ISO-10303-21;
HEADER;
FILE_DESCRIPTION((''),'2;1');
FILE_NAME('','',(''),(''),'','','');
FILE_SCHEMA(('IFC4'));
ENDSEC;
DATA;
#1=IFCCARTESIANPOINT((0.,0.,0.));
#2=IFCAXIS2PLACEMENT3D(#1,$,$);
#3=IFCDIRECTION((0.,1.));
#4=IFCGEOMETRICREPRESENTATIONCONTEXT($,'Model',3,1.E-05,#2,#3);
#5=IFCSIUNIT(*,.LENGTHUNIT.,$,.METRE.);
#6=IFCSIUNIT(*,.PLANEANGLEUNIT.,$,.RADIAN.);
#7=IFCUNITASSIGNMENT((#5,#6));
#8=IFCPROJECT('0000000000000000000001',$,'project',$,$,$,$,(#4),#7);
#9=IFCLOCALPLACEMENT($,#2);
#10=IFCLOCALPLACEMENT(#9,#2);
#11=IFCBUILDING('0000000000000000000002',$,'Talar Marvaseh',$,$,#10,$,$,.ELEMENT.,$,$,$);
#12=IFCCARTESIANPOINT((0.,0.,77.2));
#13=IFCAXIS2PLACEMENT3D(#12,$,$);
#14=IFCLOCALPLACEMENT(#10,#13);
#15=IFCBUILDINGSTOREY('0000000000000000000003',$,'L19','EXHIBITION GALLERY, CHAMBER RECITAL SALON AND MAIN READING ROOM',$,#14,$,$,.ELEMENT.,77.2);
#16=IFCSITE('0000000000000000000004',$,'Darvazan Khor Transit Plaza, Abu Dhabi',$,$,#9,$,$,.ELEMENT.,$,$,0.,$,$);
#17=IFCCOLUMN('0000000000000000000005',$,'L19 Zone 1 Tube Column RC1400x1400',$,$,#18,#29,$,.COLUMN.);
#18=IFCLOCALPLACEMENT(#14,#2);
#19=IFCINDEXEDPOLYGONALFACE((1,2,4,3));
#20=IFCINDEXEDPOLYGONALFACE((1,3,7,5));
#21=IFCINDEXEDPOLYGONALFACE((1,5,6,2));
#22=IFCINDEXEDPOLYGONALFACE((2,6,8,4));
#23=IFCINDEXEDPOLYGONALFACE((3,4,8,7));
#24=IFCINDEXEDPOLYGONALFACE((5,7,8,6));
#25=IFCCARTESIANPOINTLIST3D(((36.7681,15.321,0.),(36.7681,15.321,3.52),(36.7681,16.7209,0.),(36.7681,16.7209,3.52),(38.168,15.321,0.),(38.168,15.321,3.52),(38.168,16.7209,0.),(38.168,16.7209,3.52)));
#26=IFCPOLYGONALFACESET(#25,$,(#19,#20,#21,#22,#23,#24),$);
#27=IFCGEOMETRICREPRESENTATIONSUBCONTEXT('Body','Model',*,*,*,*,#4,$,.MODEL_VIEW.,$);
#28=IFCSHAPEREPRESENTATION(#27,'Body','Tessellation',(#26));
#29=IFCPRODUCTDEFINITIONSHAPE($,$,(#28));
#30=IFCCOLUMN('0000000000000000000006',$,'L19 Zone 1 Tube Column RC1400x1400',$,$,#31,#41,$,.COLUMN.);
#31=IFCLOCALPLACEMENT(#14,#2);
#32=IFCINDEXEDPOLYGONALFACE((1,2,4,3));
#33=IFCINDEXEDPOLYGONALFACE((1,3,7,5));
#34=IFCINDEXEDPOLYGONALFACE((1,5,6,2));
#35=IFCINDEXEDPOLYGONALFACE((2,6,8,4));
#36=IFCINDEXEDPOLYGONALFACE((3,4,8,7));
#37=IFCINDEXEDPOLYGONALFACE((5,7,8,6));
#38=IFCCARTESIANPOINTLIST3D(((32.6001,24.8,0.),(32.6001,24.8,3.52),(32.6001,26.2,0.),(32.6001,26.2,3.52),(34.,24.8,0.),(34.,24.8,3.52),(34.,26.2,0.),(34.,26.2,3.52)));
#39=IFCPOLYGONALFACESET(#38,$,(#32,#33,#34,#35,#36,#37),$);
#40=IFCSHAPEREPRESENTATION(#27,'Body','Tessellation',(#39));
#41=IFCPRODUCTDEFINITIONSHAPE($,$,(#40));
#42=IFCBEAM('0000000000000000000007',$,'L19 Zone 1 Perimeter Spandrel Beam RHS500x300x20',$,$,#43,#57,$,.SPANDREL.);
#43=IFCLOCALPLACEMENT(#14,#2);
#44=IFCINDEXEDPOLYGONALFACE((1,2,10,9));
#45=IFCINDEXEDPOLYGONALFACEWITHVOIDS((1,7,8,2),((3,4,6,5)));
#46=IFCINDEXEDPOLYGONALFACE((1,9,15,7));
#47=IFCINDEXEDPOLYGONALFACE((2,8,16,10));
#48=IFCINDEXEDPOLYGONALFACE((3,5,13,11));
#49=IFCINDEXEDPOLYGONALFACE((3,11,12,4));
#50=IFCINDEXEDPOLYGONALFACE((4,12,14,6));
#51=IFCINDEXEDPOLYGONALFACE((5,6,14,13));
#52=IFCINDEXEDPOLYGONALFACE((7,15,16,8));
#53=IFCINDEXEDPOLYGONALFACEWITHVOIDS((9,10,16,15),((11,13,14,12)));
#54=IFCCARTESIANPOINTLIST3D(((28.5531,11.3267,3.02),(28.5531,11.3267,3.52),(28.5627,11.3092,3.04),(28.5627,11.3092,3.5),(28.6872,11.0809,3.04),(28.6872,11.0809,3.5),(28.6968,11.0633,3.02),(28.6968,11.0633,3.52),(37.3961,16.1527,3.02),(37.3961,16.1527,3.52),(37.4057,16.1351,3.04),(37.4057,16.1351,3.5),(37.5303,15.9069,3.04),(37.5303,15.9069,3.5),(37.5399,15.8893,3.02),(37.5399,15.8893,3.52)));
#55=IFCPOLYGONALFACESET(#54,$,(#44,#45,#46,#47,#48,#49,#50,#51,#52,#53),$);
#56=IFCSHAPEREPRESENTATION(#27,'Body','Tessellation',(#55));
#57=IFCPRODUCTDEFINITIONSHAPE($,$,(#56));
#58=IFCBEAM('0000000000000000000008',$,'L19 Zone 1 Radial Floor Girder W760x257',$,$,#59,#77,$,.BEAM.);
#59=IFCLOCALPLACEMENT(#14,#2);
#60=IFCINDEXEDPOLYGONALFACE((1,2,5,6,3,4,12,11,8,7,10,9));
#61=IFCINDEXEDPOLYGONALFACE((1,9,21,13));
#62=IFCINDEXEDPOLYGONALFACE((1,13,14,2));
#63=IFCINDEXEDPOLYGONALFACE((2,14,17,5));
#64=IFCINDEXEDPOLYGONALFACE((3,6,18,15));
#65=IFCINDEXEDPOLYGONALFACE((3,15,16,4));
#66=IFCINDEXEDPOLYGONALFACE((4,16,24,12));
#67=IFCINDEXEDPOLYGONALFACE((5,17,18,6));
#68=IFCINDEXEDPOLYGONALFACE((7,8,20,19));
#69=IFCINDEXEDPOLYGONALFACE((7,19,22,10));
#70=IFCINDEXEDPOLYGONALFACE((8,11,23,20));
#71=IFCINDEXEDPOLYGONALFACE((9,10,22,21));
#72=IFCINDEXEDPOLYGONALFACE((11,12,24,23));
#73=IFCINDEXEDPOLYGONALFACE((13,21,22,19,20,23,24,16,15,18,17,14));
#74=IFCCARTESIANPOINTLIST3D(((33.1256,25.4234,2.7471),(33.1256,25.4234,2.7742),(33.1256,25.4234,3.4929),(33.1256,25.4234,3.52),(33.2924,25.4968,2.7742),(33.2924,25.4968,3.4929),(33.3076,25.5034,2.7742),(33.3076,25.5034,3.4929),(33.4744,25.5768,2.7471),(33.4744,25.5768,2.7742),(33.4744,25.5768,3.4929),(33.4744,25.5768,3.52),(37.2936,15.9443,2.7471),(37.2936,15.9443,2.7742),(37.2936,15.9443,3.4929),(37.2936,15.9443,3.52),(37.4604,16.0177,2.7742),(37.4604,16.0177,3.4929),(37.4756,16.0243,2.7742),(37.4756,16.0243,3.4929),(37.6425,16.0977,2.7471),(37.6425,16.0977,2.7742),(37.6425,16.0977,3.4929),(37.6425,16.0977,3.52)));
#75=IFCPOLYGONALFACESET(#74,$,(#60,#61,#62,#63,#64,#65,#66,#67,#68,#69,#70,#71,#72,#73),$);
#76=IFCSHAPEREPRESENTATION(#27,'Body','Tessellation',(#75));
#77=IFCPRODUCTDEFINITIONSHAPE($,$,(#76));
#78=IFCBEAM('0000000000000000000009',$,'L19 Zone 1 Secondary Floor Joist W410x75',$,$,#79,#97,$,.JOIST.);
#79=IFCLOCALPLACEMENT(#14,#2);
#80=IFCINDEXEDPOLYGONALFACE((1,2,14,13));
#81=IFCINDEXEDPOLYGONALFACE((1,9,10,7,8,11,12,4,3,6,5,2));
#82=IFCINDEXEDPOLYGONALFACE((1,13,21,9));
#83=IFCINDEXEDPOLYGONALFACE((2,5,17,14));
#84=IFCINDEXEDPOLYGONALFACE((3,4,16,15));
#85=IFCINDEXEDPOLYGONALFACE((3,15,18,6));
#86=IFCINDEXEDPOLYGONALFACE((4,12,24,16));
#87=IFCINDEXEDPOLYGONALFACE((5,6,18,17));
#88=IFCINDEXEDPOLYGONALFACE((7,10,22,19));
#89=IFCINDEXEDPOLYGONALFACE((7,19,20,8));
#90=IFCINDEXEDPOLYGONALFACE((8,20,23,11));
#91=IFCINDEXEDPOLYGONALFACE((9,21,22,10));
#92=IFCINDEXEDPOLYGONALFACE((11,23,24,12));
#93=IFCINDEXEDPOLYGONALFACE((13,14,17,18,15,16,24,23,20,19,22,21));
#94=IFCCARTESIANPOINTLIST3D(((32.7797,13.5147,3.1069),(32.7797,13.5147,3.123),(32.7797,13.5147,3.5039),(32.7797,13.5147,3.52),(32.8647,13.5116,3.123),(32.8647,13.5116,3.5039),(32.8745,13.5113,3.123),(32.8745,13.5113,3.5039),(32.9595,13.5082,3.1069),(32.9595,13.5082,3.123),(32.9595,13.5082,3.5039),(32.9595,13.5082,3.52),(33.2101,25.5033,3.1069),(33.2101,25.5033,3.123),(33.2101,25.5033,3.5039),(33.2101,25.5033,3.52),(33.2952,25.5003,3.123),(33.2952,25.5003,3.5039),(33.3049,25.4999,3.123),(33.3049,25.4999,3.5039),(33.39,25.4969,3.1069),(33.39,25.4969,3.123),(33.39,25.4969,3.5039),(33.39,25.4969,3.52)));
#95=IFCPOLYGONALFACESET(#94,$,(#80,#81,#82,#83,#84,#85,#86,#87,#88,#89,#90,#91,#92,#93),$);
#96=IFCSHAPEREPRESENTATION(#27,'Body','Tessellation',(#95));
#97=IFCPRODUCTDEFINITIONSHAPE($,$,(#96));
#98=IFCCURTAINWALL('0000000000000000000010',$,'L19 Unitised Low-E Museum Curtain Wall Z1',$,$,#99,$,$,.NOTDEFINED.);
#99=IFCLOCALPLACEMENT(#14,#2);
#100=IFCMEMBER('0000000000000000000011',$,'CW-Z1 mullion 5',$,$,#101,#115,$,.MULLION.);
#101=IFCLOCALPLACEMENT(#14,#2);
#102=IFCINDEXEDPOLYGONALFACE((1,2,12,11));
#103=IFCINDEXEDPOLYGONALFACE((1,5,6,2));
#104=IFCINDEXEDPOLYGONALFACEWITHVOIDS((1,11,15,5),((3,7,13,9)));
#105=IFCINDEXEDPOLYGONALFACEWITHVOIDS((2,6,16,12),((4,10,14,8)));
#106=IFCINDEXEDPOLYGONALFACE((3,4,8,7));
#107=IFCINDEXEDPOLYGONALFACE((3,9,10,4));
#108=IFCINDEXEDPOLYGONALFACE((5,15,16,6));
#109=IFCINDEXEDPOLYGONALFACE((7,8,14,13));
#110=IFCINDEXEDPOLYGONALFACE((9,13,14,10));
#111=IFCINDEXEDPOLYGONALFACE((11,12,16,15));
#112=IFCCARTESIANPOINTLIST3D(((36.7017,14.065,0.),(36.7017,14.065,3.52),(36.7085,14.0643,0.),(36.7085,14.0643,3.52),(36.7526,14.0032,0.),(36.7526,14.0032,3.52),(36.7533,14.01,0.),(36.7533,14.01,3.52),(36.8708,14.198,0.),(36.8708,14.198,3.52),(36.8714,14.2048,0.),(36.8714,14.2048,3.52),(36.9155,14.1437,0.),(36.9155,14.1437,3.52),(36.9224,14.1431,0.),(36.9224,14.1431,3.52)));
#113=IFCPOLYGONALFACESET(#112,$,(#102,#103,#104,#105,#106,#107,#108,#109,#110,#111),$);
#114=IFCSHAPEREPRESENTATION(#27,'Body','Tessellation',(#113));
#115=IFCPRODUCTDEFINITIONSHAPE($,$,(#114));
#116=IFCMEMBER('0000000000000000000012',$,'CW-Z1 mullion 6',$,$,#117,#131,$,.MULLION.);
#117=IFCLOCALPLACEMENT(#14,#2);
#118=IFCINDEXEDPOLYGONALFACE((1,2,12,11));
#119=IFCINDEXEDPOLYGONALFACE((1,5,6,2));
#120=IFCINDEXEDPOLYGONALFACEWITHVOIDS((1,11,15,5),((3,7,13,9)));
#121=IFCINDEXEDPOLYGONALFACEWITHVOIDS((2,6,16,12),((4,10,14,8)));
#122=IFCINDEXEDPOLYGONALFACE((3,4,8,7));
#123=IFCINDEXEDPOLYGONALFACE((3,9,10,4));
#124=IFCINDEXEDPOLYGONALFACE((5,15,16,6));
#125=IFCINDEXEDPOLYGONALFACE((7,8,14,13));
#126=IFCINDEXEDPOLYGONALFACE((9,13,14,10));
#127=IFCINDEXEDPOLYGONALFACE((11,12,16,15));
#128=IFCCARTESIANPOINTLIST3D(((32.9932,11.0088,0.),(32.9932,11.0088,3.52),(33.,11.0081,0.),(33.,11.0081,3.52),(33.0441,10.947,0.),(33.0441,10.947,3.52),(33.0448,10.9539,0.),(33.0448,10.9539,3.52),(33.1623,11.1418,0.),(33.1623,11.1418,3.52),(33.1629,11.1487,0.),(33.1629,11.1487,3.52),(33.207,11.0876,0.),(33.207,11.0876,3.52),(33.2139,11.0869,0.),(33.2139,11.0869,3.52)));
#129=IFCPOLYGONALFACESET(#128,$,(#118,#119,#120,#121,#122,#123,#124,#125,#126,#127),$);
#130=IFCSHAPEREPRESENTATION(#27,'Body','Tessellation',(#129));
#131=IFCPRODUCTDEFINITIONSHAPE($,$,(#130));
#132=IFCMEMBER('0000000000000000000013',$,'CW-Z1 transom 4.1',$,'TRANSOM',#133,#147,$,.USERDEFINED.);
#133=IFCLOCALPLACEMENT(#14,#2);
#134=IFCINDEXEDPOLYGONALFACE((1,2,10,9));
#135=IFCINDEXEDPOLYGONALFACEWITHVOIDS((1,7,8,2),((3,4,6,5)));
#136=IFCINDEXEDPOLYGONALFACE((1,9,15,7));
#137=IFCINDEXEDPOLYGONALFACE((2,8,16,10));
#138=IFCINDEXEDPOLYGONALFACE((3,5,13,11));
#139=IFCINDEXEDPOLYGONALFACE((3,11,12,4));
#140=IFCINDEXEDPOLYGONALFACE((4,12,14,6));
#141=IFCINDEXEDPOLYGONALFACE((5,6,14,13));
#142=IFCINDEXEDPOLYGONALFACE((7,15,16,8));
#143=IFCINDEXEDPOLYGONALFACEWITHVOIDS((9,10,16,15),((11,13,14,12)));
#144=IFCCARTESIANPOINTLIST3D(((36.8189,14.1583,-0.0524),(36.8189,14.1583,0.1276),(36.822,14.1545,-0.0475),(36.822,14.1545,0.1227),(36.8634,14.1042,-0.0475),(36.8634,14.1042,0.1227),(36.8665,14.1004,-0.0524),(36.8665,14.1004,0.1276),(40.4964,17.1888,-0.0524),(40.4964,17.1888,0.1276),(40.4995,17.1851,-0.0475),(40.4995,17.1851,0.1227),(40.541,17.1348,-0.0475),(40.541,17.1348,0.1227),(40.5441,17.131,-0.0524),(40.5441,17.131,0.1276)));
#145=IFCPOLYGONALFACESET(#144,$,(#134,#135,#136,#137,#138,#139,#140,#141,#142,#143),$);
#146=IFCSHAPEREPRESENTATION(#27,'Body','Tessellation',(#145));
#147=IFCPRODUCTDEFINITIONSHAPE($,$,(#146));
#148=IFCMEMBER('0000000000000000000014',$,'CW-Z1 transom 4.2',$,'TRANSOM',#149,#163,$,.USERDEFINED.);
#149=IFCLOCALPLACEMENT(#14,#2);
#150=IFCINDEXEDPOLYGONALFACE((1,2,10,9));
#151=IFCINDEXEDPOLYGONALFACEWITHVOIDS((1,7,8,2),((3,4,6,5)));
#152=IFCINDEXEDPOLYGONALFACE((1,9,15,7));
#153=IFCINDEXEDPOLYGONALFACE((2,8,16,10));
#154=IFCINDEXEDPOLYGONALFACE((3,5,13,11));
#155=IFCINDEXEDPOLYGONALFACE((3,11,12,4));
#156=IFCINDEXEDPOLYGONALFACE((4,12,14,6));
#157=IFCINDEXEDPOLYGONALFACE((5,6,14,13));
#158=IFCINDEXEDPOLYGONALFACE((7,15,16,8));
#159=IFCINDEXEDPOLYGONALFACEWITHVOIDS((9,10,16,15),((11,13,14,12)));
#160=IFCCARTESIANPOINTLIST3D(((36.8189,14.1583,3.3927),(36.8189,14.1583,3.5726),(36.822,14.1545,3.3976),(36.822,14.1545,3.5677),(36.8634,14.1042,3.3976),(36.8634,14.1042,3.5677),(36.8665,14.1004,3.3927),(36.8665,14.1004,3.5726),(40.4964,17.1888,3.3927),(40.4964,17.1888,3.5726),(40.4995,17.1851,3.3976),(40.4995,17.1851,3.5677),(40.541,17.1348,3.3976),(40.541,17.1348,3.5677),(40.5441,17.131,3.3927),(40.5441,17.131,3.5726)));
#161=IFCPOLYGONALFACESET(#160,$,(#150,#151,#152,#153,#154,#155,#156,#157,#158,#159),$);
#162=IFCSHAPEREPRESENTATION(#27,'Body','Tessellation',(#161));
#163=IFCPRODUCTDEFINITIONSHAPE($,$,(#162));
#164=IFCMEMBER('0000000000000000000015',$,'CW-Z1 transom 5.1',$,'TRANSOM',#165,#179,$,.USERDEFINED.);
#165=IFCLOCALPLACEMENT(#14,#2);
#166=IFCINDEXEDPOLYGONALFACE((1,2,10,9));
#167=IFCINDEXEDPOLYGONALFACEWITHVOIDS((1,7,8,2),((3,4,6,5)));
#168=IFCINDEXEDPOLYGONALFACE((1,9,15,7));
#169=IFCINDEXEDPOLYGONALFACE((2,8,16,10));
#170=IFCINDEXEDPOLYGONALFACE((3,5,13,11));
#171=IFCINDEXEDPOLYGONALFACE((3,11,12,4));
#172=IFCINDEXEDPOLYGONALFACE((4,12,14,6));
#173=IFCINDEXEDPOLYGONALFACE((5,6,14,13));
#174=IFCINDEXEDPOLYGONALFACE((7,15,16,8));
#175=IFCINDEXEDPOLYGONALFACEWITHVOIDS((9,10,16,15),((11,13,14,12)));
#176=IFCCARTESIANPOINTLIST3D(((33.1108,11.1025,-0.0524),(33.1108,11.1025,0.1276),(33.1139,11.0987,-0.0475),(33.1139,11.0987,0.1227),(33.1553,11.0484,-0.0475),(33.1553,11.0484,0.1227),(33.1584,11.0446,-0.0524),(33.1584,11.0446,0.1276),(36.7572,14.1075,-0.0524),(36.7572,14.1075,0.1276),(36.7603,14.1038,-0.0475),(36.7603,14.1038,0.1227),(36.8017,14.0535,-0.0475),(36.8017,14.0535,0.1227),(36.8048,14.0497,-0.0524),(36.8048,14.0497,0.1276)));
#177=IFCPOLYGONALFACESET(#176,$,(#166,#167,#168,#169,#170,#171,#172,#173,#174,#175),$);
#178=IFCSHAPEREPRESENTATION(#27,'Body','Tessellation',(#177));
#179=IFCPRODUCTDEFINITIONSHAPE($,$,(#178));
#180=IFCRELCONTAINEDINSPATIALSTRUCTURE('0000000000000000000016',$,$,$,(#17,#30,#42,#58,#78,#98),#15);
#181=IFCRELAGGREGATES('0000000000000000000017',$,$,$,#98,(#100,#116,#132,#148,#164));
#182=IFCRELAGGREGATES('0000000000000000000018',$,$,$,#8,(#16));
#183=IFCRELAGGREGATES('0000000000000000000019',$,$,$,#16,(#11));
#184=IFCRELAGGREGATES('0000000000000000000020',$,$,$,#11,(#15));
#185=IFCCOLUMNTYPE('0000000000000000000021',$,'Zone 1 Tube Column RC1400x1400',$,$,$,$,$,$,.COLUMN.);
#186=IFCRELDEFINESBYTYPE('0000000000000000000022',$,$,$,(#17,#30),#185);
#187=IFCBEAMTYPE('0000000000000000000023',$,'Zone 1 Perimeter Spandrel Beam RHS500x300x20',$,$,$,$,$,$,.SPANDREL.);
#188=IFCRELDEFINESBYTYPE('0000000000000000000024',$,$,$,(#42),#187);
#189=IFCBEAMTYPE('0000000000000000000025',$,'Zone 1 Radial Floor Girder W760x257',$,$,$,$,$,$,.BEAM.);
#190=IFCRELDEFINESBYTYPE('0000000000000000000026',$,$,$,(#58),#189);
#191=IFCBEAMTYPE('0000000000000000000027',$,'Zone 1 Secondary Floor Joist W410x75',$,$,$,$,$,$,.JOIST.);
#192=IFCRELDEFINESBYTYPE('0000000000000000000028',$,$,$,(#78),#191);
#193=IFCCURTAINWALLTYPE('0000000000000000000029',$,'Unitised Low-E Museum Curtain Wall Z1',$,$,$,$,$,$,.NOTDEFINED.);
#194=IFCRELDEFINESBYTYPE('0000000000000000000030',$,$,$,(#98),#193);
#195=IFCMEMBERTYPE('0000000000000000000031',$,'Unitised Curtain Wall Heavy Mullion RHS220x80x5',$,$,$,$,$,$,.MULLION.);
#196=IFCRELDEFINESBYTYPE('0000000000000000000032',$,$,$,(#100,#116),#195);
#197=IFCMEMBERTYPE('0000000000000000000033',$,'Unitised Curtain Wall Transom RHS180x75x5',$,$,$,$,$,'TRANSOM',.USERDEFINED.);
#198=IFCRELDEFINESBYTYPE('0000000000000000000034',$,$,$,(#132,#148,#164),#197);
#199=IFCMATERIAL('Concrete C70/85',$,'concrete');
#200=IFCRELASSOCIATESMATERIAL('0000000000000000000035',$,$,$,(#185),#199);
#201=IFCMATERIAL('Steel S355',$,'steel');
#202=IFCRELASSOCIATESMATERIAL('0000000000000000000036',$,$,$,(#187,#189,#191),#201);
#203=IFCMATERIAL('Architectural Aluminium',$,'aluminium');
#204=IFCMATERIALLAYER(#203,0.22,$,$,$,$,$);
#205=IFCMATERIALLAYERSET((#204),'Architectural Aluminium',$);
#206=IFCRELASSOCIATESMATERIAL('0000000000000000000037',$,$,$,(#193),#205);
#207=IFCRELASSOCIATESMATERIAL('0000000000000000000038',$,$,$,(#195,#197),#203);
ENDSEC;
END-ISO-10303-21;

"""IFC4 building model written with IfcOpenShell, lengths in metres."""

from ifc_helpers import new_model, si_unit, direction, frame, origin, origin_2d, place, context, subcontext, project, spatial, rectangle, hollow_rectangle, i_section, extrude, source, transform, mapped, material, layer, layer_set, material_profile, profile_set, type_object, type_shapes, element, aggregate, save


model = new_model("IFC4")

# Units and contexts
model_context = context("Model", 3, precision=1e-05, world=origin(), true_north=direction((0.0, 1.0)))
body_context = subcontext(model_context, "Body", "Model", "MODEL_VIEW")
ifc_project = project(units=[si_unit("LENGTHUNIT", "METRE"), si_unit("PLANEANGLEUNIT", "RADIAN")], contexts=[model_context])

# Site, building, storey
site_placement = place(None, origin())
site = spatial("IfcSite", under=ifc_project, at=site_placement, Name="Darvazan Khor Transit Plaza, Abu Dhabi", CompositionType="ELEMENT", RefElevation=0.0)
building_placement = place(site_placement, origin())
building = spatial("IfcBuilding", under=site, at=building_placement, Name="Talar Marvaseh", CompositionType="ELEMENT")
storey_placement = place(building_placement, frame((0.0, 0.0, 77.2)))
storey = spatial("IfcBuildingStorey", under=building, at=storey_placement, Name="L19", Description="EXHIBITION GALLERY, CHAMBER RECITAL SALON AND MAIN READING ROOM", CompositionType="ELEMENT", Elevation=77.2)

# Columns
ifc_material_1 = material(Name="Concrete C70/85", Category="concrete")
ifc_material_profile_1 = material_profile(ifc_material_1, rectangle(XDim=1.3999, YDim=1.3999, at=origin_2d()), Name="RC1400x1400")
ifc_profile_set_1 = profile_set([ifc_material_profile_1], Name="Concrete C70/85")
column_type = type_object("IfcColumnType", Name="Zone 1 Tube Column RC1400x1400", PredefinedType="COLUMN", material=ifc_profile_set_1)
for number, where, z_axis, x_axis, name in (
    (1, (37.468, 16.021, 0.0), (0.0, 0.0, 1.0), (1.0, 0.0, 0.0), "L19 Zone 1 Tube Column RC1400x1400"),
    (2, (33.3, 25.5, 0.0), (0.0, 0.0, 1.0), (1.0, 0.0, 0.0), "L19 Zone 1 Tube Column RC1400x1400"),
):
    element("IfcColumn", number, at=place(storey_placement, frame(where, z_axis=z_axis, x_axis=x_axis)), inside=storey, type_object=column_type, Name=name, PredefinedType="COLUMN", context=body_context, shape_type="SweptSolid", body=[
        extrude(rectangle(XDim=1.3999, YDim=1.3999, at=origin_2d()), origin(), (0.0, 0.0, 1.0), 3.52),
    ])

# Beams
ifc_material_2 = material(Name="Steel S355", Category="steel")
ifc_material_profile_2 = material_profile(ifc_material_2, hollow_rectangle(XDim=0.3, YDim=0.5, WallThickness=0.02, at=origin_2d()), Name="RHS500x300x20")
ifc_profile_set_2 = profile_set([ifc_material_profile_2], Name="Steel S355")
beam_type_1 = type_object("IfcBeamType", Name="Zone 1 Perimeter Spandrel Beam RHS500x300x20", PredefinedType="SPANDREL", material=ifc_profile_set_2)
beam_1_placement = place(storey_placement, frame((37.468, 16.021, 3.27), z_axis=(-0.877793, -0.479041, 0.0), x_axis=(0.479041, -0.877793, 0.0)))
element("IfcBeam", 3, at=beam_1_placement, inside=storey, type_object=beam_type_1, Name="L19 Zone 1 Perimeter Spandrel Beam RHS500x300x20", PredefinedType="SPANDREL", context=body_context, shape_type="SweptSolid", body=[
    extrude(hollow_rectangle(XDim=0.3, YDim=0.5, WallThickness=0.02, at=origin_2d()), origin(), (0.0, 0.0, 1.0), 10.0742),
])
ifc_material_profile_3 = material_profile(ifc_material_2, i_section(OverallWidth=0.3811, OverallDepth=0.7729, WebThickness=0.0166, FlangeThickness=0.0271, at=origin_2d()), Name="W760x257")
ifc_profile_set_3 = profile_set([ifc_material_profile_3], Name="Steel S355")
beam_type_2 = type_object("IfcBeamType", Name="Zone 1 Radial Floor Girder W760x257", PredefinedType="BEAM", material=ifc_profile_set_3)
beam_2_placement = place(storey_placement, frame((37.468, 16.021, 3.1335), z_axis=(-0.402513, 0.915414, 0.0), x_axis=(-0.915414, -0.402513, 0.0)))
element("IfcBeam", 4, at=beam_2_placement, inside=storey, type_object=beam_type_2, Name="L19 Zone 1 Radial Floor Girder W760x257", PredefinedType="BEAM", context=body_context, shape_type="SweptSolid", body=[
    extrude(i_section(OverallWidth=0.3811, OverallDepth=0.7729, WebThickness=0.0166, FlangeThickness=0.0271, at=origin_2d()), origin(), (0.0, 0.0, 1.0), 10.355),
])
ifc_material_profile_4 = material_profile(ifc_material_2, i_section(OverallWidth=0.1799, OverallDepth=0.4131, WebThickness=0.0098, FlangeThickness=0.0161, at=origin_2d()), Name="W410x75")
ifc_profile_set_4 = profile_set([ifc_material_profile_4], Name="Steel S355")
beam_type_3 = type_object("IfcBeamType", Name="Zone 1 Secondary Floor Joist W410x75", PredefinedType="JOIST", material=ifc_profile_set_4)
beam_3_placement = place(storey_placement, frame((32.8696, 13.5115, 3.3135), z_axis=(0.03588, 0.999356, 0.0), x_axis=(-0.999356, 0.03588, 0.0)))
element("IfcBeam", 5, at=beam_3_placement, inside=storey, type_object=beam_type_3, Name="L19 Zone 1 Secondary Floor Joist W410x75", PredefinedType="JOIST", context=body_context, shape_type="SweptSolid", body=[
    extrude(i_section(OverallWidth=0.1799, OverallDepth=0.4131, WebThickness=0.0098, FlangeThickness=0.0161, at=origin_2d()), origin(), (0.0, 0.0, 1.0), 11.9963),
])

# Curtain wall, members
ifc_material_3 = material(Name="Architectural Aluminium", Category="aluminium")
ifc_layer_1 = layer(ifc_material_3, 0.22)
ifc_layer_set_1 = layer_set([ifc_layer_1], Name="Architectural Aluminium")
curtain_wall_type = type_object("IfcCurtainWallType", Name="Unitised Low-E Museum Curtain Wall Z1", PredefinedType="NOTDEFINED", material=ifc_layer_set_1)
curtain_wall_placement = place(storey_placement, origin())
curtain_wall = element("IfcCurtainWall", 6, at=curtain_wall_placement, inside=storey, type_object=curtain_wall_type, Name="L19 Unitised Low-E Museum Curtain Wall Z1", PredefinedType="NOTDEFINED")
ifc_material_profile_5 = material_profile(ifc_material_3, hollow_rectangle(XDim=0.0801, YDim=0.22, WallThickness=0.0049, at=origin_2d()), Name="RHS220x80x5")
ifc_profile_set_5 = profile_set([ifc_material_profile_5], Name="Architectural Aluminium")
member_type_1 = type_object("IfcMemberType", Name="Unitised Curtain Wall Heavy Mullion RHS220x80x5", PredefinedType="MULLION", material=ifc_profile_set_5)
shared_shape_1 = source(origin(), body_context, "Body", "SweptSolid", [
    extrude(hollow_rectangle(XDim=0.0801, YDim=0.22, WallThickness=0.0049, at=origin_2d()), origin(), (0.0, 0.0, 1.0), 3.52),
])
type_shapes(member_type_1, [shared_shape_1])
member_1_placement = place(storey_placement, frame((36.812, 14.104, 0.0), z_axis=(0.0, 0.0, 1.0), x_axis=(0.635959, -0.771723, 0.0)))
member_1 = element("IfcMember", 7, at=member_1_placement, type_object=member_type_1, Name="CW-Z1 mullion 5", PredefinedType="MULLION", context=body_context, shape_type="MappedRepresentation", body=[
    mapped(shared_shape_1, transform((0.0, 0.0, 0.0), x_axis=(1.0, 0.0, 0.0), y_axis=(0.0, 1.0, 0.0), z_axis=(0.0, 0.0, 1.0), scale=1.0)),
])
member_2_placement = place(storey_placement, frame((33.1035, 11.0479, 0.0), z_axis=(0.0, 0.0, 1.0), x_axis=(0.635959, -0.771723, 0.0)))
member_2 = element("IfcMember", 8, at=member_2_placement, type_object=member_type_1, Name="CW-Z1 mullion 6", PredefinedType="MULLION", context=body_context, shape_type="MappedRepresentation", body=[
    mapped(shared_shape_1, transform((0.0, 0.0, 0.0), x_axis=(1.0, 0.0, 0.0), y_axis=(0.0, 1.0, 0.0), z_axis=(0.0, 0.0, 1.0), scale=1.0)),
])
ifc_material_profile_6 = material_profile(ifc_material_3, hollow_rectangle(XDim=0.075, YDim=0.1799, WallThickness=0.0049, at=origin_2d()), Name="RHS180x75x5")
ifc_profile_set_6 = profile_set([ifc_material_profile_6], Name="Architectural Aluminium")
member_type_2 = type_object("IfcMemberType", Name="Unitised Curtain Wall Transom RHS180x75x5", ElementType="TRANSOM", PredefinedType="USERDEFINED", material=ifc_profile_set_6)
shared_shape_2 = source(origin(), body_context, "Body", "SweptSolid", [
    extrude(hollow_rectangle(XDim=0.075, YDim=0.1799, WallThickness=0.0049, at=origin_2d()), origin(), (0.0, 0.0, 1.0), 4.7654),
])
member_3_placement = place(storey_placement, frame((40.5203, 17.1599, 0.0376), z_axis=(-0.771725, -0.635957, 0.0), x_axis=(0.635957, -0.771725, 0.0)))
member_3 = element("IfcMember", 9, at=member_3_placement, type_object=member_type_2, Name="CW-Z1 transom 4.1", ObjectType="TRANSOM", PredefinedType="USERDEFINED", context=body_context, shape_type="MappedRepresentation", body=[
    mapped(shared_shape_2, transform((0.0, 0.0, 0.0), x_axis=(1.0, 0.0, 0.0), y_axis=(0.0, 1.0, 0.0), z_axis=(0.0, 0.0, 1.0), scale=1.0)),
])
member_4_placement = place(storey_placement, frame((40.5203, 17.1599, 3.4827), z_axis=(-0.771725, -0.635957, 0.0), x_axis=(0.635957, -0.771725, 0.0)))
member_4 = element("IfcMember", 10, at=member_4_placement, type_object=member_type_2, Name="CW-Z1 transom 4.2", ObjectType="TRANSOM", PredefinedType="USERDEFINED", context=body_context, shape_type="MappedRepresentation", body=[
    mapped(shared_shape_2, transform((0.0, 0.0, 0.0), x_axis=(1.0, 0.0, 0.0), y_axis=(0.0, 1.0, 0.0), z_axis=(0.0, 0.0, 1.0), scale=1.0)),
])
shared_shape_3 = source(origin(), body_context, "Body", "SweptSolid", [
    extrude(hollow_rectangle(XDim=0.075, YDim=0.1799, WallThickness=0.0049, at=origin_2d()), origin(), (0.0, 0.0, 1.0), 4.7251),
])
type_shapes(member_type_2, [shared_shape_2, shared_shape_3])
member_5_placement = place(storey_placement, frame((36.781, 14.0786, 0.0376), z_axis=(-0.771708, -0.635977, 0.0), x_axis=(0.635977, -0.771708, 0.0)))
member_5 = element("IfcMember", 11, at=member_5_placement, type_object=member_type_2, Name="CW-Z1 transom 5.1", ObjectType="TRANSOM", PredefinedType="USERDEFINED", context=body_context, shape_type="MappedRepresentation", body=[
    mapped(shared_shape_3, transform((0.0, 0.0, 0.0), x_axis=(1.0, 0.0, 0.0), y_axis=(0.0, 1.0, 0.0), z_axis=(0.0, 0.0, 1.0), scale=1.0)),
])
aggregate(curtain_wall, [member_1, member_2, member_3, member_4, member_5])

save(model, "model.ifc")
